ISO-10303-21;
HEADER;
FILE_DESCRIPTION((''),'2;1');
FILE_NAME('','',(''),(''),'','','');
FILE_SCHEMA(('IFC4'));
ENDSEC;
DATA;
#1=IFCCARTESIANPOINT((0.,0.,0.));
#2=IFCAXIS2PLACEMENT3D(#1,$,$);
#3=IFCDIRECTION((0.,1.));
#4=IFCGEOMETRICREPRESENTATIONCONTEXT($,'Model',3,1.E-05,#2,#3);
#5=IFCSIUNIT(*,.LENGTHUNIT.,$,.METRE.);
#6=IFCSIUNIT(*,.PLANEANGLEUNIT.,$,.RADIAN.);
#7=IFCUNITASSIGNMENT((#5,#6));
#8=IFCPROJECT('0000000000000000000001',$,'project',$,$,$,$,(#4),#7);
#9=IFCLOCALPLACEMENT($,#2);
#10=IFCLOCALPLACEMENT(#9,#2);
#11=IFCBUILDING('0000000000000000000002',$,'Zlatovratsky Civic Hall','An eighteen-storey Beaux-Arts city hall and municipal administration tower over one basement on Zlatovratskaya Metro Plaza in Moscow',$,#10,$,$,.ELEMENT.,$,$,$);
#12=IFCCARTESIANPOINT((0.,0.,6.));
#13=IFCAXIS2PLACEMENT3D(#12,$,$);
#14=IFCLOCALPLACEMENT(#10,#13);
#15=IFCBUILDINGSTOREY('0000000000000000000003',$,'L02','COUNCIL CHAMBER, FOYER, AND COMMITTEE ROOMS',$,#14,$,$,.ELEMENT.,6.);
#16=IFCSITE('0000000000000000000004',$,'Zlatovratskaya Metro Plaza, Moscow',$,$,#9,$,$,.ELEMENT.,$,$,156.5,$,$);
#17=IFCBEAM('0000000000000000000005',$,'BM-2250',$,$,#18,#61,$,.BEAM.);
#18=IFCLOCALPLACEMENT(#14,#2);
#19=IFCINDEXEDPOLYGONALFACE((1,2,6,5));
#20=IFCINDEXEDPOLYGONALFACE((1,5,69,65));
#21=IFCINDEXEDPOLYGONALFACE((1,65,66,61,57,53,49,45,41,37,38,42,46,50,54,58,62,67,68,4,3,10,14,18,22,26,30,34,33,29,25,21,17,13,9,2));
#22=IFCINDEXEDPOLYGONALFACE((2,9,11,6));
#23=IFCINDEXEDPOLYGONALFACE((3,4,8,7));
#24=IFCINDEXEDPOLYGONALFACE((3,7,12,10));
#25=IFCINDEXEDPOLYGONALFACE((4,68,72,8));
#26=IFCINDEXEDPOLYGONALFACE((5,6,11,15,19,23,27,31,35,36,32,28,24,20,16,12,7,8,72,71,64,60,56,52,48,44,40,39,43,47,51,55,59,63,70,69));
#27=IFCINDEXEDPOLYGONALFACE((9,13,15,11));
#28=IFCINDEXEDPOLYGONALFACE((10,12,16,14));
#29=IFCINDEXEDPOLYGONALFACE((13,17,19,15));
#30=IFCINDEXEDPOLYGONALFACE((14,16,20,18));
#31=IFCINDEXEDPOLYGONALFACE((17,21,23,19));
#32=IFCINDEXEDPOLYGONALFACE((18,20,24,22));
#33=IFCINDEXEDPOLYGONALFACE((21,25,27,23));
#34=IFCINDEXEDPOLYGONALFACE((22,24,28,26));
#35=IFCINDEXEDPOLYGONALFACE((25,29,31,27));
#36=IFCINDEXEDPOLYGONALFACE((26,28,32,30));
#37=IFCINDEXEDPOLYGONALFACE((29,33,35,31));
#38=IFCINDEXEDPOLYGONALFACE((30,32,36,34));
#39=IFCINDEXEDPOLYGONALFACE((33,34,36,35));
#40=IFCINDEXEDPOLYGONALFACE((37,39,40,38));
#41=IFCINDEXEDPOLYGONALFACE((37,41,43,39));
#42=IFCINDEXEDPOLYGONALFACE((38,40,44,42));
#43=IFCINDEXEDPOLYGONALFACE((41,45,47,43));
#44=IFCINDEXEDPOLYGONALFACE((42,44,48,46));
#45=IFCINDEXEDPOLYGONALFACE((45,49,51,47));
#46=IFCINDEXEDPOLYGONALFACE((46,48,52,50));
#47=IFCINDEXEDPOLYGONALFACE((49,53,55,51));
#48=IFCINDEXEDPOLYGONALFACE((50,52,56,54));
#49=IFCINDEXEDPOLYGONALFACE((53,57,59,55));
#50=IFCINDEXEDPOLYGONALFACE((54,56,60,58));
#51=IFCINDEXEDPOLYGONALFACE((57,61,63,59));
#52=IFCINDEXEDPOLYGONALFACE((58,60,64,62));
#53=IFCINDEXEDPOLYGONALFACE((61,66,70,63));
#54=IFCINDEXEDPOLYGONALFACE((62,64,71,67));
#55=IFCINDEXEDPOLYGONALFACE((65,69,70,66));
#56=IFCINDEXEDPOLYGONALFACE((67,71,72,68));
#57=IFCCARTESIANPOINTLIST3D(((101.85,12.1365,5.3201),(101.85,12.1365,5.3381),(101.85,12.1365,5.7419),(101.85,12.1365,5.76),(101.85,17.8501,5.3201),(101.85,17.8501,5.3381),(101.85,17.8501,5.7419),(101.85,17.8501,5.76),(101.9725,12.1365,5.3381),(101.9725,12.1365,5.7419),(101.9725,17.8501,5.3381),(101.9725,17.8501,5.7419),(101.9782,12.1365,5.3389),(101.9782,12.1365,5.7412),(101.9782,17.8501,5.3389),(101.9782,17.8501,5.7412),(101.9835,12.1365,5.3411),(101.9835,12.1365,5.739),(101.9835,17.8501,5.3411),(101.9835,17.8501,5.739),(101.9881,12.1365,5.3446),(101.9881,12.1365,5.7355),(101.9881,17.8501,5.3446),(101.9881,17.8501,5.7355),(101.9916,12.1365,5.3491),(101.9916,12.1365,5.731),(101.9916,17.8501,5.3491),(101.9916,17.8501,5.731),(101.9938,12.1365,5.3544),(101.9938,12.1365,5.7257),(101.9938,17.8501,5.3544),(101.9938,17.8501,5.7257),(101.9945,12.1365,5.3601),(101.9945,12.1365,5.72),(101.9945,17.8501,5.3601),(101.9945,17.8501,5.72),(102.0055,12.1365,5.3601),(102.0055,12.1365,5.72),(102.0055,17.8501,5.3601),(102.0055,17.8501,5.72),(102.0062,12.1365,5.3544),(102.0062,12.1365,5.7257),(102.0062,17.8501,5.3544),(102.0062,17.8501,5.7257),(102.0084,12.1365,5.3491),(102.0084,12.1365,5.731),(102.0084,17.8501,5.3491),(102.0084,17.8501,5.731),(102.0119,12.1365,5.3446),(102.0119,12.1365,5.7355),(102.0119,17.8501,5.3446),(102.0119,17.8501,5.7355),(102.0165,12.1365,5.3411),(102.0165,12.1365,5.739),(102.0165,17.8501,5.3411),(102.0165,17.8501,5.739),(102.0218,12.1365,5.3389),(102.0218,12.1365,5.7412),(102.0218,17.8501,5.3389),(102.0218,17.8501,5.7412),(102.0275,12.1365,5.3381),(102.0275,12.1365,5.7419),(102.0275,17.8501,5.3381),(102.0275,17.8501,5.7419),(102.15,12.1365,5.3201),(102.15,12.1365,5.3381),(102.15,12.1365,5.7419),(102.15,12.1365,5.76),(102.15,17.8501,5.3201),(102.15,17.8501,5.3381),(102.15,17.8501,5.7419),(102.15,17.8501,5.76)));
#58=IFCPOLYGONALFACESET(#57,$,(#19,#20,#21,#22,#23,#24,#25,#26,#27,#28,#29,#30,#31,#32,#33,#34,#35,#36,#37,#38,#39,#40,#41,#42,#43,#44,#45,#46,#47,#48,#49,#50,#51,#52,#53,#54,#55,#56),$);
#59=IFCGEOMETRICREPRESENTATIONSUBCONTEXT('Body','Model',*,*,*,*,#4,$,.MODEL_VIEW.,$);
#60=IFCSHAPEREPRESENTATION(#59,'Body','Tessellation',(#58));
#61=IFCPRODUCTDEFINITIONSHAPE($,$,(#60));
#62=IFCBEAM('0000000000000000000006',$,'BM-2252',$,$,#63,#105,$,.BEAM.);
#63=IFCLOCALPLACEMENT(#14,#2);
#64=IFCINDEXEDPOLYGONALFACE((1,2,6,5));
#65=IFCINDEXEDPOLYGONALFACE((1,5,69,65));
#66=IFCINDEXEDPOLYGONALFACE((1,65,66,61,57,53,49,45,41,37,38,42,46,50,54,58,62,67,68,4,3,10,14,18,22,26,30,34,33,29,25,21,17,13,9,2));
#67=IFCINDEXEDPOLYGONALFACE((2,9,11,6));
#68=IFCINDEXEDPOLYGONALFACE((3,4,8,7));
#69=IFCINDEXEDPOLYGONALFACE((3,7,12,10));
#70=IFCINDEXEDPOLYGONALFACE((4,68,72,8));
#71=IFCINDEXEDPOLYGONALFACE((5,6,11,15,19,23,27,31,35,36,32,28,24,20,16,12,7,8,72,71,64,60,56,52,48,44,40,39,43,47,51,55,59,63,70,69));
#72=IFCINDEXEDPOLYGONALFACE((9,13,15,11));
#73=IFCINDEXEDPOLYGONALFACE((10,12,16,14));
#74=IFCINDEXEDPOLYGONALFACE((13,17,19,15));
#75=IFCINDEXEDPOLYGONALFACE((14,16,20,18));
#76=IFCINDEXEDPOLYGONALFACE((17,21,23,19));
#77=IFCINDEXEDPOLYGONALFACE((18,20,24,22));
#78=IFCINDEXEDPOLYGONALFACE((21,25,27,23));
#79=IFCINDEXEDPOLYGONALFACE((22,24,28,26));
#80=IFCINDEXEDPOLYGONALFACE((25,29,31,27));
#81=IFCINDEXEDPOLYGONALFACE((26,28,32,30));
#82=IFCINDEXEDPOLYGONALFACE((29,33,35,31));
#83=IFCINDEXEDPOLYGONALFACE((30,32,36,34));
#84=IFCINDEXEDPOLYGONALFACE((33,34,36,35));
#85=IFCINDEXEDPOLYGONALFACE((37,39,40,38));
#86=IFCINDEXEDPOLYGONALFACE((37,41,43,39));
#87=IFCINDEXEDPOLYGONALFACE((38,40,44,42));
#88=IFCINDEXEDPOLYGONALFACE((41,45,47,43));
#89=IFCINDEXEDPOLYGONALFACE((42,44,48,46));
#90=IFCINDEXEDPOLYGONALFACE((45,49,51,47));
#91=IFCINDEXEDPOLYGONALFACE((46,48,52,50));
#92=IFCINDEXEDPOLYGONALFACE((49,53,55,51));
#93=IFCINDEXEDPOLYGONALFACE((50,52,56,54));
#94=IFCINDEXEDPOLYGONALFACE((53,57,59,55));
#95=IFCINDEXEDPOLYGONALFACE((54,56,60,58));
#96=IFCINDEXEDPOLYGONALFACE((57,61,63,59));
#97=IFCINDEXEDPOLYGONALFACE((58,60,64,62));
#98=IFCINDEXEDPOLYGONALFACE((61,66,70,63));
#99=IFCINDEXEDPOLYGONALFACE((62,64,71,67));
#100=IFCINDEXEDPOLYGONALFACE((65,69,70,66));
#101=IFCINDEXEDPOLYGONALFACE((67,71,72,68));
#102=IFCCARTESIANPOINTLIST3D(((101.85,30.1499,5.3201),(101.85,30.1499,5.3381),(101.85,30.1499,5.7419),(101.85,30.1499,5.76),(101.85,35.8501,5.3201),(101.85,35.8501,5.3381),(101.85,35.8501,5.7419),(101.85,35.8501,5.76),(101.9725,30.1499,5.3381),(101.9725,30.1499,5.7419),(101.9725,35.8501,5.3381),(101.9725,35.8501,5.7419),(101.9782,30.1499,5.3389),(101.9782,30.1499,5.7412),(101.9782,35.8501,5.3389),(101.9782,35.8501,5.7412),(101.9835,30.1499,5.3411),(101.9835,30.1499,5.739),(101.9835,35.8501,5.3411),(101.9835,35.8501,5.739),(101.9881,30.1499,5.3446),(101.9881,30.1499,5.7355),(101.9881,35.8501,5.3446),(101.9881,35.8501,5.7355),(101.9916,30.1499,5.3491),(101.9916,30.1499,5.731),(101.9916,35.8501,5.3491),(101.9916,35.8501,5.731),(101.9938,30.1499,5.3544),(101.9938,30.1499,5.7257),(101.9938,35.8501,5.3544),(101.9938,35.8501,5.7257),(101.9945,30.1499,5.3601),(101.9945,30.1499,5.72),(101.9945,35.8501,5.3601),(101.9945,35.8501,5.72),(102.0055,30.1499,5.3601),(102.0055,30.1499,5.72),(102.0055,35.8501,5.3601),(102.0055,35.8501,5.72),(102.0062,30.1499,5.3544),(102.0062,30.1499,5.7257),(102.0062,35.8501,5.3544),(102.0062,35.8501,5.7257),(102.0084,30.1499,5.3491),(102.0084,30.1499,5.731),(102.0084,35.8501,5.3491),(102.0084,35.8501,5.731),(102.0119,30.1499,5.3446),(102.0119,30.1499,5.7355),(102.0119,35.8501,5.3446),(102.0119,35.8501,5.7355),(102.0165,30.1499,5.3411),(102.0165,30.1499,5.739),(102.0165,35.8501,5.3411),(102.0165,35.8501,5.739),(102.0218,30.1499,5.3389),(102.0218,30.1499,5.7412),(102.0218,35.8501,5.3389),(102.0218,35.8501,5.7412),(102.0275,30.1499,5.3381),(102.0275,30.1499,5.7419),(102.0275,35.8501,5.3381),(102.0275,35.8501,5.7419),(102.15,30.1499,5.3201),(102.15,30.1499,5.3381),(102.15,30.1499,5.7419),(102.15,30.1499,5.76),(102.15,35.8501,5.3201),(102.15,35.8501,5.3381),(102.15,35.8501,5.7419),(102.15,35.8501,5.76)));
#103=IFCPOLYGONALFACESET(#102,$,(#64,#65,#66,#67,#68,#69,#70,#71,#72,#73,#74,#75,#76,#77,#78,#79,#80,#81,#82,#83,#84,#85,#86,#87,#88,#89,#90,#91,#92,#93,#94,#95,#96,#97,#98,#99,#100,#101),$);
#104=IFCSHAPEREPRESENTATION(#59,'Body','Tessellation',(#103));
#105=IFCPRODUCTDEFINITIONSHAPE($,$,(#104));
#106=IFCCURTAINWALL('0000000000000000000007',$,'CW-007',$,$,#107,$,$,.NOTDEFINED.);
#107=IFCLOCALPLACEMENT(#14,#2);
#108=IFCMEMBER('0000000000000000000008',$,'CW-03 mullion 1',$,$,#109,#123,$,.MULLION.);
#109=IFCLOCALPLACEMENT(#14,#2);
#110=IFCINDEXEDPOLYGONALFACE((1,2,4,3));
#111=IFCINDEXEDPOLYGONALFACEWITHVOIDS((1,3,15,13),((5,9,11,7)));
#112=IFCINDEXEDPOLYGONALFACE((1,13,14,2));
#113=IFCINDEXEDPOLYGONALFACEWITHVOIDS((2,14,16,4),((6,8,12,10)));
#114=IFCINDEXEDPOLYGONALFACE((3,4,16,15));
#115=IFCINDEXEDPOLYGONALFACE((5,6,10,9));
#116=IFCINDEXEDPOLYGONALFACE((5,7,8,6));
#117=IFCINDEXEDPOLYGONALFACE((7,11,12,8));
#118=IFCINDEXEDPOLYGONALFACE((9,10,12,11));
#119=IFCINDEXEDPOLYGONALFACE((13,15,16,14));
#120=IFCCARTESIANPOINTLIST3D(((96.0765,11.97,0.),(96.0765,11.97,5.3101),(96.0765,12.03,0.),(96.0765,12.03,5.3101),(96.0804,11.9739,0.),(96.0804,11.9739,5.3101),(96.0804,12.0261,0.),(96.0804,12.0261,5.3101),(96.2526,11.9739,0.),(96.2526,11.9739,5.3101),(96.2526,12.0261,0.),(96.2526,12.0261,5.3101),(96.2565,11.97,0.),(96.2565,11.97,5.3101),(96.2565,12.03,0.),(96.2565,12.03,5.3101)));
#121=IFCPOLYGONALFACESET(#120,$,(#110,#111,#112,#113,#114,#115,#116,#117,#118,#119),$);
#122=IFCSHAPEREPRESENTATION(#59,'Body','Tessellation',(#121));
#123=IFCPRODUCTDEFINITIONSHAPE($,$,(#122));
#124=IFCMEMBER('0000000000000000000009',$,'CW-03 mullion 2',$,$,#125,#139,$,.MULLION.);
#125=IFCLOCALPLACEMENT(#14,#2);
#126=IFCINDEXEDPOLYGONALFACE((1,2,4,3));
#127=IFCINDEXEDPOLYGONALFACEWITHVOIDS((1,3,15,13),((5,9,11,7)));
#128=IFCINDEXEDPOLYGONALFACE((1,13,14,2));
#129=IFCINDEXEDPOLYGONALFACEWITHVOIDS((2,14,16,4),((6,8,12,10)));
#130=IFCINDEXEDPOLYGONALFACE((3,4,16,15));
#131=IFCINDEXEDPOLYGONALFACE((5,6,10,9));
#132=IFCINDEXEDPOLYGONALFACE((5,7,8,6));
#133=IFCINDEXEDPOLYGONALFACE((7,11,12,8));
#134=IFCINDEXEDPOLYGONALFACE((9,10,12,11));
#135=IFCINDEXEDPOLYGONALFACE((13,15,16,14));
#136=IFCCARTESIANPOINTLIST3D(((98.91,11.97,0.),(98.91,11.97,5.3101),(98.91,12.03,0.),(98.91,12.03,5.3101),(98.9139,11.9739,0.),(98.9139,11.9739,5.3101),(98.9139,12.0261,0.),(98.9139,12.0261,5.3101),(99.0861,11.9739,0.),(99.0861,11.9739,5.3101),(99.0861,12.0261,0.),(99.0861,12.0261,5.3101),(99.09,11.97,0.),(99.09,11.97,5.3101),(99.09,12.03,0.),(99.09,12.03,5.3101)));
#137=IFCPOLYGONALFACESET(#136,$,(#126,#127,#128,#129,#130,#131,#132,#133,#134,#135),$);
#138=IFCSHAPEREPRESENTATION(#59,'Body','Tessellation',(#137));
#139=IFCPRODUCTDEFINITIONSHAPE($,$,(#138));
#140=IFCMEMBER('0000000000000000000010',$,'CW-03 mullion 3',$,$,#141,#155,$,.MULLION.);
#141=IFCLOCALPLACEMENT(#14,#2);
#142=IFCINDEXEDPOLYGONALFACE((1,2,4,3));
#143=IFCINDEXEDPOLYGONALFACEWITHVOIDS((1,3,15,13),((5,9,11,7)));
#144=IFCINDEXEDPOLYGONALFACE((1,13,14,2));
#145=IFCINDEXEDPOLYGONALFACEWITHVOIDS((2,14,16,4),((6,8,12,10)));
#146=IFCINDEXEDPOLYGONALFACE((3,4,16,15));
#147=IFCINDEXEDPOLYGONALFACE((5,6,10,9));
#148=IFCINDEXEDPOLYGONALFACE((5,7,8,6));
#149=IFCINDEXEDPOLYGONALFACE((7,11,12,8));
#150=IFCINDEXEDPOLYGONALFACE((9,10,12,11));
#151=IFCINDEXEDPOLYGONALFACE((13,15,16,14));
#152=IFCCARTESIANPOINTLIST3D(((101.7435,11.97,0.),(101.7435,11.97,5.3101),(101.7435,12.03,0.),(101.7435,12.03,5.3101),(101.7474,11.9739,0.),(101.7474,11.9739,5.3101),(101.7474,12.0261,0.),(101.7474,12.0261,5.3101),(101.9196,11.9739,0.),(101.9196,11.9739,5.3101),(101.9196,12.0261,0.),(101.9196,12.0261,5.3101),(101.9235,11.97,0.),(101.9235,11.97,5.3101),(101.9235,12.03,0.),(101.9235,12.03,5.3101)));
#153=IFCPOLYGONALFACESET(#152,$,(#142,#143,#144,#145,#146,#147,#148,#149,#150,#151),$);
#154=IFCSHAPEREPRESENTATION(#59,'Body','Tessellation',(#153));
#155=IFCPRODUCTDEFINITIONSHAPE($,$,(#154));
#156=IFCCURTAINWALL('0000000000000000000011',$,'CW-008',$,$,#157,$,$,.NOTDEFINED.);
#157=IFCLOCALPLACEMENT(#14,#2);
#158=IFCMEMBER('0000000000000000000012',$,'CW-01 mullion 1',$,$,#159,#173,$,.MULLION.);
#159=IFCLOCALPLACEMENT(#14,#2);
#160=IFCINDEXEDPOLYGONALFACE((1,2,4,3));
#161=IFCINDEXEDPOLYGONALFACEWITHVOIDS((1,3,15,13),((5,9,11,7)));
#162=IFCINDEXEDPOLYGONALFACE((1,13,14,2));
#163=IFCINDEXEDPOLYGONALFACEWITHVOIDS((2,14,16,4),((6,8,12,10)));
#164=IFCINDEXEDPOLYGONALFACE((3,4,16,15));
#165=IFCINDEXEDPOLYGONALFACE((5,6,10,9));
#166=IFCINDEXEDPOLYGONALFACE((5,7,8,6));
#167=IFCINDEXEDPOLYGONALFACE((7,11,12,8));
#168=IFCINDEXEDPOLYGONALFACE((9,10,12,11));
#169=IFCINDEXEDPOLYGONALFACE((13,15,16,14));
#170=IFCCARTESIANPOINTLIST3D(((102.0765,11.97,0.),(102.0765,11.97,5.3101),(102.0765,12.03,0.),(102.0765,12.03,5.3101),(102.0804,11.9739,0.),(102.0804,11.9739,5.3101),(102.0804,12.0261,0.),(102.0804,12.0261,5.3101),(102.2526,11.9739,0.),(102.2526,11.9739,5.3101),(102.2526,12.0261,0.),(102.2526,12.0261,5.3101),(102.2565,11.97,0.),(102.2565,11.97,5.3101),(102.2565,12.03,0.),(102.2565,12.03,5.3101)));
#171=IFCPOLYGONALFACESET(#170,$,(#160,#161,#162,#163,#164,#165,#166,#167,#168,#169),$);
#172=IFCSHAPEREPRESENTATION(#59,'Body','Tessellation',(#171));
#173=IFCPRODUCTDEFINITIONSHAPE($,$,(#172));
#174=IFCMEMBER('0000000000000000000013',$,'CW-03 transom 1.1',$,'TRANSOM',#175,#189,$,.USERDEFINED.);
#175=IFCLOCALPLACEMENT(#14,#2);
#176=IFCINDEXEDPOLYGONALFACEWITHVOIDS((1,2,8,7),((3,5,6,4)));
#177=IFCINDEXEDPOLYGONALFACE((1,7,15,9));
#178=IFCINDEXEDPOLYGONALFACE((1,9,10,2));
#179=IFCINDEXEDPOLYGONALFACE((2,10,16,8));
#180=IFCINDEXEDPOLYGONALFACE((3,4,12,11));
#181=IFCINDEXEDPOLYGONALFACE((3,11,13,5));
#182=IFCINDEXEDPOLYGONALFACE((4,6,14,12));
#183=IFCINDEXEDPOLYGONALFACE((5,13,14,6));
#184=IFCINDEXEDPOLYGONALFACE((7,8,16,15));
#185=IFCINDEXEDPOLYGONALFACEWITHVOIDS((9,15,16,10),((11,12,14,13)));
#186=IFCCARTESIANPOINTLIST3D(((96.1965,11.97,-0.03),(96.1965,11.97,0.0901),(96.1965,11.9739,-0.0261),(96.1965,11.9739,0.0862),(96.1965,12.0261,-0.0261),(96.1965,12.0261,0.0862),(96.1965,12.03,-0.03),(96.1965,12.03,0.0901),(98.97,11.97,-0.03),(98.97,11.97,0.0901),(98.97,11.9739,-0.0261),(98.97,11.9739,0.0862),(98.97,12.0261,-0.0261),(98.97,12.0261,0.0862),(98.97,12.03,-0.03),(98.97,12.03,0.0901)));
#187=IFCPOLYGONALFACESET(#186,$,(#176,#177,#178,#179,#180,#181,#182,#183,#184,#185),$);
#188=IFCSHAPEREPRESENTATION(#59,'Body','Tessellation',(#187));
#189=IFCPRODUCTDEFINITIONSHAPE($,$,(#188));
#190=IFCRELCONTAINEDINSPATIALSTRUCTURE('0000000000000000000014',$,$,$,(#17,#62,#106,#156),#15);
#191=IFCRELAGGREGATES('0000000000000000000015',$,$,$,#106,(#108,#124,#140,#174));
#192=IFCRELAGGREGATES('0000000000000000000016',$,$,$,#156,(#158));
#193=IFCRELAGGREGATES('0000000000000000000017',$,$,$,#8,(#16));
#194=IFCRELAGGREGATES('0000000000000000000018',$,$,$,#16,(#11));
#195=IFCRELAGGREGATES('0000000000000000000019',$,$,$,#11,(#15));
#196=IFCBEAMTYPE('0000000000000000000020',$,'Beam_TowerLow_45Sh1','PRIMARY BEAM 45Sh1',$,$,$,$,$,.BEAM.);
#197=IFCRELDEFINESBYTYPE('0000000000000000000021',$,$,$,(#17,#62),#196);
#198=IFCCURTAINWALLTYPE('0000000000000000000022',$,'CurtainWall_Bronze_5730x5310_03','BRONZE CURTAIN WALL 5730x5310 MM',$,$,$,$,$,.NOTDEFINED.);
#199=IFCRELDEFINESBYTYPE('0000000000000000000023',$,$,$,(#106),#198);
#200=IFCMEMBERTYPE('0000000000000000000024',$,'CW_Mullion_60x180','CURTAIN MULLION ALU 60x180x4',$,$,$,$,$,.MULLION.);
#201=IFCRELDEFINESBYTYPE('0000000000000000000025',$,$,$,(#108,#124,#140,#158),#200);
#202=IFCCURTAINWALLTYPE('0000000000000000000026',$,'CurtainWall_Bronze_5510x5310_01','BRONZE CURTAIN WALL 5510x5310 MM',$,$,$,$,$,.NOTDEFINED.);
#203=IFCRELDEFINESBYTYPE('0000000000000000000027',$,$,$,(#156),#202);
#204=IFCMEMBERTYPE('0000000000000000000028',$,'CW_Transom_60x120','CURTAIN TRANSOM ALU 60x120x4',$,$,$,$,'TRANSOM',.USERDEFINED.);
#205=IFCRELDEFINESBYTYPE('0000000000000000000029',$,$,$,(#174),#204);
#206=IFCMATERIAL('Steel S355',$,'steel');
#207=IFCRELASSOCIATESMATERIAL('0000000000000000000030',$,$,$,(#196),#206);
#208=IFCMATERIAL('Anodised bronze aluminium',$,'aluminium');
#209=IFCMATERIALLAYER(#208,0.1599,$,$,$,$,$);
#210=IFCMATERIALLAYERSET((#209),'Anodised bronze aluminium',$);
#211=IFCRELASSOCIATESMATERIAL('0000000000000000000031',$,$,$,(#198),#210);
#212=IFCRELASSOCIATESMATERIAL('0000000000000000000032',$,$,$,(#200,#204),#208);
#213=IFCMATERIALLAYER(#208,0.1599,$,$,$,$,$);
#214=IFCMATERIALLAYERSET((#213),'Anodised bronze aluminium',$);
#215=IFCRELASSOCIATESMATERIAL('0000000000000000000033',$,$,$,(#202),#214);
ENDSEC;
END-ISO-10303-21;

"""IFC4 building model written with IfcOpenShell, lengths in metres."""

from ifc_helpers import new_model, si_unit, direction, frame, origin, origin_2d, place, context, subcontext, project, spatial, hollow_rectangle, i_section, extrude, material, layer, layer_set, material_profile, profile_set, type_object, element, aggregate, save


model = new_model("IFC4")

# Units and contexts
model_context = context("Model", 3, precision=1e-05, world=origin(), true_north=direction((0.0, 1.0)))
body_context = subcontext(model_context, "Body", "Model", "MODEL_VIEW")
ifc_project = project(units=[si_unit("LENGTHUNIT", "METRE"), si_unit("PLANEANGLEUNIT", "RADIAN")], contexts=[model_context])

# Site, building, storey
site_placement = place(None, origin())
site = spatial("IfcSite", under=ifc_project, at=site_placement, Name="Zlatovratskaya Metro Plaza, Moscow", CompositionType="ELEMENT", RefElevation=156.5)
building_placement = place(site_placement, origin())
building = spatial("IfcBuilding", under=site, at=building_placement, Name="Zlatovratsky Civic Hall", Description="An eighteen-storey Beaux-Arts city hall and municipal administration tower over one basement on Zlatovratskaya Metro Plaza in Moscow", CompositionType="ELEMENT")
storey_placement = place(building_placement, frame((0.0, 0.0, 6.0)))
storey = spatial("IfcBuildingStorey", under=building, at=storey_placement, Name="L02", Description="COUNCIL CHAMBER, FOYER, AND COMMITTEE ROOMS", CompositionType="ELEMENT", Elevation=6.0)

# Shared definitions
ifc_material_1 = material(Name="Steel S355", Category="steel")

# Beams
ifc_material_profile_1 = material_profile(ifc_material_1, i_section(OverallWidth=0.3, OverallDepth=0.4399, WebThickness=0.011, FlangeThickness=0.0181, FilletRadius=0.022, at=origin_2d()), Name="45Sh1")
ifc_profile_set_1 = profile_set([ifc_material_profile_1], Name="Steel S355")
beam_type_1 = type_object("IfcBeamType", Name="Beam_TowerLow_45Sh1", Description="PRIMARY BEAM 45Sh1", PredefinedType="BEAM", material=ifc_profile_set_1)
beam_1_placement = place(storey_placement, frame((102.0, 12.1365, 5.54), z_axis=(0.0, 1.0, 0.0), x_axis=(-1.0, 0.0, 0.0)))
element("IfcBeam", 1, at=beam_1_placement, inside=storey, type_object=beam_type_1, Name="BM-2250", PredefinedType="BEAM", context=body_context, shape_type="SweptSolid", body=[
    extrude(i_section(OverallWidth=0.3, OverallDepth=0.4399, WebThickness=0.011, FlangeThickness=0.0181, FilletRadius=0.022, at=origin_2d()), origin(), (0.0, 0.0, 1.0), 5.7136),
])
beam_2_placement = place(storey_placement, frame((102.0, 30.1499, 5.54), z_axis=(0.0, 1.0, 0.0), x_axis=(-1.0, 0.0, 0.0)))
element("IfcBeam", 2, at=beam_2_placement, inside=storey, type_object=beam_type_1, Name="BM-2252", PredefinedType="BEAM", context=body_context, shape_type="SweptSolid", body=[
    extrude(i_section(OverallWidth=0.3, OverallDepth=0.4399, WebThickness=0.011, FlangeThickness=0.0181, FilletRadius=0.022, at=origin_2d()), origin(), (0.0, 0.0, 1.0), 5.7002),
])

# Curtain wall, members
ifc_material_2 = material(Name="Anodised bronze aluminium", Category="aluminium")
ifc_layer_1 = layer(ifc_material_2, 0.1599)
ifc_layer_set_1 = layer_set([ifc_layer_1], Name="Anodised bronze aluminium")
curtain_wall_type_1 = type_object("IfcCurtainWallType", Name="CurtainWall_Bronze_5730x5310_03", Description="BRONZE CURTAIN WALL 5730x5310 MM", PredefinedType="NOTDEFINED", material=ifc_layer_set_1)
curtain_wall_1_placement = place(storey_placement, origin())
curtain_wall_1 = element("IfcCurtainWall", 3, at=curtain_wall_1_placement, inside=storey, type_object=curtain_wall_type_1, Name="CW-007", PredefinedType="NOTDEFINED")
ifc_material_profile_2 = material_profile(ifc_material_2, hollow_rectangle(XDim=0.0601, YDim=0.1799, WallThickness=0.0039, at=origin_2d()), Name="ALU 60x180x4")
ifc_profile_set_2 = profile_set([ifc_material_profile_2], Name="Anodised bronze aluminium")
member_type_1 = type_object("IfcMemberType", Name="CW_Mullion_60x180", Description="CURTAIN MULLION ALU 60x180x4", PredefinedType="MULLION", material=ifc_profile_set_2)
member_1_placement = place(storey_placement, frame((96.1665, 12.0, 0.0), z_axis=(0.0, 0.0, 1.0), x_axis=(0.0, 1.0, 0.0)))
member_1 = element("IfcMember", 4, at=member_1_placement, type_object=member_type_1, Name="CW-03 mullion 1", PredefinedType="MULLION", context=body_context, shape_type="SweptSolid", body=[
    extrude(hollow_rectangle(XDim=0.0601, YDim=0.1799, WallThickness=0.0039, at=origin_2d()), origin(), (0.0, 0.0, 1.0), 5.3101),
])
member_2_placement = place(storey_placement, frame((99.0, 12.0, 0.0), z_axis=(0.0, 0.0, 1.0), x_axis=(0.0, 1.0, 0.0)))
member_2 = element("IfcMember", 5, at=member_2_placement, type_object=member_type_1, Name="CW-03 mullion 2", PredefinedType="MULLION", context=body_context, shape_type="SweptSolid", body=[
    extrude(hollow_rectangle(XDim=0.0601, YDim=0.1799, WallThickness=0.0039, at=origin_2d()), origin(), (0.0, 0.0, 1.0), 5.3101),
])
member_3_placement = place(storey_placement, frame((101.8335, 12.0, 0.0), z_axis=(0.0, 0.0, 1.0), x_axis=(0.0, 1.0, 0.0)))
member_3 = element("IfcMember", 6, at=member_3_placement, type_object=member_type_1, Name="CW-03 mullion 3", PredefinedType="MULLION", context=body_context, shape_type="SweptSolid", body=[
    extrude(hollow_rectangle(XDim=0.0601, YDim=0.1799, WallThickness=0.0039, at=origin_2d()), origin(), (0.0, 0.0, 1.0), 5.3101),
])

# Curtain wall, member
ifc_layer_2 = layer(ifc_material_2, 0.1599)
ifc_layer_set_2 = layer_set([ifc_layer_2], Name="Anodised bronze aluminium")
curtain_wall_type_2 = type_object("IfcCurtainWallType", Name="CurtainWall_Bronze_5510x5310_01", Description="BRONZE CURTAIN WALL 5510x5310 MM", PredefinedType="NOTDEFINED", material=ifc_layer_set_2)
curtain_wall_2_placement = place(storey_placement, origin())
curtain_wall_2 = element("IfcCurtainWall", 7, at=curtain_wall_2_placement, inside=storey, type_object=curtain_wall_type_2, Name="CW-008", PredefinedType="NOTDEFINED")
member_4_placement = place(storey_placement, frame((102.1665, 12.0, 0.0), z_axis=(0.0, 0.0, 1.0), x_axis=(0.0, 1.0, 0.0)))
member_4 = element("IfcMember", 8, at=member_4_placement, type_object=member_type_1, Name="CW-01 mullion 1", PredefinedType="MULLION", context=body_context, shape_type="SweptSolid", body=[
    extrude(hollow_rectangle(XDim=0.0601, YDim=0.1799, WallThickness=0.0039, at=origin_2d()), origin(), (0.0, 0.0, 1.0), 5.3101),
])

# Member
ifc_material_profile_3 = material_profile(ifc_material_2, hollow_rectangle(XDim=0.0601, YDim=0.1201, WallThickness=0.0039, at=origin_2d()), Name="ALU 60x120x4")
ifc_profile_set_3 = profile_set([ifc_material_profile_3], Name="Anodised bronze aluminium")
member_type_2 = type_object("IfcMemberType", Name="CW_Transom_60x120", Description="CURTAIN TRANSOM ALU 60x120x4", ElementType="TRANSOM", PredefinedType="USERDEFINED", material=ifc_profile_set_3)
member_5_placement = place(storey_placement, frame((96.1965, 12.0, 0.03), z_axis=(1.0, 0.0, 0.0), x_axis=(0.0, 1.0, 0.0)))
member_5 = element("IfcMember", 9, at=member_5_placement, type_object=member_type_2, Name="CW-03 transom 1.1", ObjectType="TRANSOM", PredefinedType="USERDEFINED", context=body_context, shape_type="SweptSolid", body=[
    extrude(hollow_rectangle(XDim=0.0601, YDim=0.1201, WallThickness=0.0039, at=origin_2d()), origin(), (0.0, 0.0, 1.0), 2.7734),
])

aggregate(curtain_wall_1, [member_1, member_2, member_3, member_5])
aggregate(curtain_wall_2, [member_4])

save(model, "model.ifc")
